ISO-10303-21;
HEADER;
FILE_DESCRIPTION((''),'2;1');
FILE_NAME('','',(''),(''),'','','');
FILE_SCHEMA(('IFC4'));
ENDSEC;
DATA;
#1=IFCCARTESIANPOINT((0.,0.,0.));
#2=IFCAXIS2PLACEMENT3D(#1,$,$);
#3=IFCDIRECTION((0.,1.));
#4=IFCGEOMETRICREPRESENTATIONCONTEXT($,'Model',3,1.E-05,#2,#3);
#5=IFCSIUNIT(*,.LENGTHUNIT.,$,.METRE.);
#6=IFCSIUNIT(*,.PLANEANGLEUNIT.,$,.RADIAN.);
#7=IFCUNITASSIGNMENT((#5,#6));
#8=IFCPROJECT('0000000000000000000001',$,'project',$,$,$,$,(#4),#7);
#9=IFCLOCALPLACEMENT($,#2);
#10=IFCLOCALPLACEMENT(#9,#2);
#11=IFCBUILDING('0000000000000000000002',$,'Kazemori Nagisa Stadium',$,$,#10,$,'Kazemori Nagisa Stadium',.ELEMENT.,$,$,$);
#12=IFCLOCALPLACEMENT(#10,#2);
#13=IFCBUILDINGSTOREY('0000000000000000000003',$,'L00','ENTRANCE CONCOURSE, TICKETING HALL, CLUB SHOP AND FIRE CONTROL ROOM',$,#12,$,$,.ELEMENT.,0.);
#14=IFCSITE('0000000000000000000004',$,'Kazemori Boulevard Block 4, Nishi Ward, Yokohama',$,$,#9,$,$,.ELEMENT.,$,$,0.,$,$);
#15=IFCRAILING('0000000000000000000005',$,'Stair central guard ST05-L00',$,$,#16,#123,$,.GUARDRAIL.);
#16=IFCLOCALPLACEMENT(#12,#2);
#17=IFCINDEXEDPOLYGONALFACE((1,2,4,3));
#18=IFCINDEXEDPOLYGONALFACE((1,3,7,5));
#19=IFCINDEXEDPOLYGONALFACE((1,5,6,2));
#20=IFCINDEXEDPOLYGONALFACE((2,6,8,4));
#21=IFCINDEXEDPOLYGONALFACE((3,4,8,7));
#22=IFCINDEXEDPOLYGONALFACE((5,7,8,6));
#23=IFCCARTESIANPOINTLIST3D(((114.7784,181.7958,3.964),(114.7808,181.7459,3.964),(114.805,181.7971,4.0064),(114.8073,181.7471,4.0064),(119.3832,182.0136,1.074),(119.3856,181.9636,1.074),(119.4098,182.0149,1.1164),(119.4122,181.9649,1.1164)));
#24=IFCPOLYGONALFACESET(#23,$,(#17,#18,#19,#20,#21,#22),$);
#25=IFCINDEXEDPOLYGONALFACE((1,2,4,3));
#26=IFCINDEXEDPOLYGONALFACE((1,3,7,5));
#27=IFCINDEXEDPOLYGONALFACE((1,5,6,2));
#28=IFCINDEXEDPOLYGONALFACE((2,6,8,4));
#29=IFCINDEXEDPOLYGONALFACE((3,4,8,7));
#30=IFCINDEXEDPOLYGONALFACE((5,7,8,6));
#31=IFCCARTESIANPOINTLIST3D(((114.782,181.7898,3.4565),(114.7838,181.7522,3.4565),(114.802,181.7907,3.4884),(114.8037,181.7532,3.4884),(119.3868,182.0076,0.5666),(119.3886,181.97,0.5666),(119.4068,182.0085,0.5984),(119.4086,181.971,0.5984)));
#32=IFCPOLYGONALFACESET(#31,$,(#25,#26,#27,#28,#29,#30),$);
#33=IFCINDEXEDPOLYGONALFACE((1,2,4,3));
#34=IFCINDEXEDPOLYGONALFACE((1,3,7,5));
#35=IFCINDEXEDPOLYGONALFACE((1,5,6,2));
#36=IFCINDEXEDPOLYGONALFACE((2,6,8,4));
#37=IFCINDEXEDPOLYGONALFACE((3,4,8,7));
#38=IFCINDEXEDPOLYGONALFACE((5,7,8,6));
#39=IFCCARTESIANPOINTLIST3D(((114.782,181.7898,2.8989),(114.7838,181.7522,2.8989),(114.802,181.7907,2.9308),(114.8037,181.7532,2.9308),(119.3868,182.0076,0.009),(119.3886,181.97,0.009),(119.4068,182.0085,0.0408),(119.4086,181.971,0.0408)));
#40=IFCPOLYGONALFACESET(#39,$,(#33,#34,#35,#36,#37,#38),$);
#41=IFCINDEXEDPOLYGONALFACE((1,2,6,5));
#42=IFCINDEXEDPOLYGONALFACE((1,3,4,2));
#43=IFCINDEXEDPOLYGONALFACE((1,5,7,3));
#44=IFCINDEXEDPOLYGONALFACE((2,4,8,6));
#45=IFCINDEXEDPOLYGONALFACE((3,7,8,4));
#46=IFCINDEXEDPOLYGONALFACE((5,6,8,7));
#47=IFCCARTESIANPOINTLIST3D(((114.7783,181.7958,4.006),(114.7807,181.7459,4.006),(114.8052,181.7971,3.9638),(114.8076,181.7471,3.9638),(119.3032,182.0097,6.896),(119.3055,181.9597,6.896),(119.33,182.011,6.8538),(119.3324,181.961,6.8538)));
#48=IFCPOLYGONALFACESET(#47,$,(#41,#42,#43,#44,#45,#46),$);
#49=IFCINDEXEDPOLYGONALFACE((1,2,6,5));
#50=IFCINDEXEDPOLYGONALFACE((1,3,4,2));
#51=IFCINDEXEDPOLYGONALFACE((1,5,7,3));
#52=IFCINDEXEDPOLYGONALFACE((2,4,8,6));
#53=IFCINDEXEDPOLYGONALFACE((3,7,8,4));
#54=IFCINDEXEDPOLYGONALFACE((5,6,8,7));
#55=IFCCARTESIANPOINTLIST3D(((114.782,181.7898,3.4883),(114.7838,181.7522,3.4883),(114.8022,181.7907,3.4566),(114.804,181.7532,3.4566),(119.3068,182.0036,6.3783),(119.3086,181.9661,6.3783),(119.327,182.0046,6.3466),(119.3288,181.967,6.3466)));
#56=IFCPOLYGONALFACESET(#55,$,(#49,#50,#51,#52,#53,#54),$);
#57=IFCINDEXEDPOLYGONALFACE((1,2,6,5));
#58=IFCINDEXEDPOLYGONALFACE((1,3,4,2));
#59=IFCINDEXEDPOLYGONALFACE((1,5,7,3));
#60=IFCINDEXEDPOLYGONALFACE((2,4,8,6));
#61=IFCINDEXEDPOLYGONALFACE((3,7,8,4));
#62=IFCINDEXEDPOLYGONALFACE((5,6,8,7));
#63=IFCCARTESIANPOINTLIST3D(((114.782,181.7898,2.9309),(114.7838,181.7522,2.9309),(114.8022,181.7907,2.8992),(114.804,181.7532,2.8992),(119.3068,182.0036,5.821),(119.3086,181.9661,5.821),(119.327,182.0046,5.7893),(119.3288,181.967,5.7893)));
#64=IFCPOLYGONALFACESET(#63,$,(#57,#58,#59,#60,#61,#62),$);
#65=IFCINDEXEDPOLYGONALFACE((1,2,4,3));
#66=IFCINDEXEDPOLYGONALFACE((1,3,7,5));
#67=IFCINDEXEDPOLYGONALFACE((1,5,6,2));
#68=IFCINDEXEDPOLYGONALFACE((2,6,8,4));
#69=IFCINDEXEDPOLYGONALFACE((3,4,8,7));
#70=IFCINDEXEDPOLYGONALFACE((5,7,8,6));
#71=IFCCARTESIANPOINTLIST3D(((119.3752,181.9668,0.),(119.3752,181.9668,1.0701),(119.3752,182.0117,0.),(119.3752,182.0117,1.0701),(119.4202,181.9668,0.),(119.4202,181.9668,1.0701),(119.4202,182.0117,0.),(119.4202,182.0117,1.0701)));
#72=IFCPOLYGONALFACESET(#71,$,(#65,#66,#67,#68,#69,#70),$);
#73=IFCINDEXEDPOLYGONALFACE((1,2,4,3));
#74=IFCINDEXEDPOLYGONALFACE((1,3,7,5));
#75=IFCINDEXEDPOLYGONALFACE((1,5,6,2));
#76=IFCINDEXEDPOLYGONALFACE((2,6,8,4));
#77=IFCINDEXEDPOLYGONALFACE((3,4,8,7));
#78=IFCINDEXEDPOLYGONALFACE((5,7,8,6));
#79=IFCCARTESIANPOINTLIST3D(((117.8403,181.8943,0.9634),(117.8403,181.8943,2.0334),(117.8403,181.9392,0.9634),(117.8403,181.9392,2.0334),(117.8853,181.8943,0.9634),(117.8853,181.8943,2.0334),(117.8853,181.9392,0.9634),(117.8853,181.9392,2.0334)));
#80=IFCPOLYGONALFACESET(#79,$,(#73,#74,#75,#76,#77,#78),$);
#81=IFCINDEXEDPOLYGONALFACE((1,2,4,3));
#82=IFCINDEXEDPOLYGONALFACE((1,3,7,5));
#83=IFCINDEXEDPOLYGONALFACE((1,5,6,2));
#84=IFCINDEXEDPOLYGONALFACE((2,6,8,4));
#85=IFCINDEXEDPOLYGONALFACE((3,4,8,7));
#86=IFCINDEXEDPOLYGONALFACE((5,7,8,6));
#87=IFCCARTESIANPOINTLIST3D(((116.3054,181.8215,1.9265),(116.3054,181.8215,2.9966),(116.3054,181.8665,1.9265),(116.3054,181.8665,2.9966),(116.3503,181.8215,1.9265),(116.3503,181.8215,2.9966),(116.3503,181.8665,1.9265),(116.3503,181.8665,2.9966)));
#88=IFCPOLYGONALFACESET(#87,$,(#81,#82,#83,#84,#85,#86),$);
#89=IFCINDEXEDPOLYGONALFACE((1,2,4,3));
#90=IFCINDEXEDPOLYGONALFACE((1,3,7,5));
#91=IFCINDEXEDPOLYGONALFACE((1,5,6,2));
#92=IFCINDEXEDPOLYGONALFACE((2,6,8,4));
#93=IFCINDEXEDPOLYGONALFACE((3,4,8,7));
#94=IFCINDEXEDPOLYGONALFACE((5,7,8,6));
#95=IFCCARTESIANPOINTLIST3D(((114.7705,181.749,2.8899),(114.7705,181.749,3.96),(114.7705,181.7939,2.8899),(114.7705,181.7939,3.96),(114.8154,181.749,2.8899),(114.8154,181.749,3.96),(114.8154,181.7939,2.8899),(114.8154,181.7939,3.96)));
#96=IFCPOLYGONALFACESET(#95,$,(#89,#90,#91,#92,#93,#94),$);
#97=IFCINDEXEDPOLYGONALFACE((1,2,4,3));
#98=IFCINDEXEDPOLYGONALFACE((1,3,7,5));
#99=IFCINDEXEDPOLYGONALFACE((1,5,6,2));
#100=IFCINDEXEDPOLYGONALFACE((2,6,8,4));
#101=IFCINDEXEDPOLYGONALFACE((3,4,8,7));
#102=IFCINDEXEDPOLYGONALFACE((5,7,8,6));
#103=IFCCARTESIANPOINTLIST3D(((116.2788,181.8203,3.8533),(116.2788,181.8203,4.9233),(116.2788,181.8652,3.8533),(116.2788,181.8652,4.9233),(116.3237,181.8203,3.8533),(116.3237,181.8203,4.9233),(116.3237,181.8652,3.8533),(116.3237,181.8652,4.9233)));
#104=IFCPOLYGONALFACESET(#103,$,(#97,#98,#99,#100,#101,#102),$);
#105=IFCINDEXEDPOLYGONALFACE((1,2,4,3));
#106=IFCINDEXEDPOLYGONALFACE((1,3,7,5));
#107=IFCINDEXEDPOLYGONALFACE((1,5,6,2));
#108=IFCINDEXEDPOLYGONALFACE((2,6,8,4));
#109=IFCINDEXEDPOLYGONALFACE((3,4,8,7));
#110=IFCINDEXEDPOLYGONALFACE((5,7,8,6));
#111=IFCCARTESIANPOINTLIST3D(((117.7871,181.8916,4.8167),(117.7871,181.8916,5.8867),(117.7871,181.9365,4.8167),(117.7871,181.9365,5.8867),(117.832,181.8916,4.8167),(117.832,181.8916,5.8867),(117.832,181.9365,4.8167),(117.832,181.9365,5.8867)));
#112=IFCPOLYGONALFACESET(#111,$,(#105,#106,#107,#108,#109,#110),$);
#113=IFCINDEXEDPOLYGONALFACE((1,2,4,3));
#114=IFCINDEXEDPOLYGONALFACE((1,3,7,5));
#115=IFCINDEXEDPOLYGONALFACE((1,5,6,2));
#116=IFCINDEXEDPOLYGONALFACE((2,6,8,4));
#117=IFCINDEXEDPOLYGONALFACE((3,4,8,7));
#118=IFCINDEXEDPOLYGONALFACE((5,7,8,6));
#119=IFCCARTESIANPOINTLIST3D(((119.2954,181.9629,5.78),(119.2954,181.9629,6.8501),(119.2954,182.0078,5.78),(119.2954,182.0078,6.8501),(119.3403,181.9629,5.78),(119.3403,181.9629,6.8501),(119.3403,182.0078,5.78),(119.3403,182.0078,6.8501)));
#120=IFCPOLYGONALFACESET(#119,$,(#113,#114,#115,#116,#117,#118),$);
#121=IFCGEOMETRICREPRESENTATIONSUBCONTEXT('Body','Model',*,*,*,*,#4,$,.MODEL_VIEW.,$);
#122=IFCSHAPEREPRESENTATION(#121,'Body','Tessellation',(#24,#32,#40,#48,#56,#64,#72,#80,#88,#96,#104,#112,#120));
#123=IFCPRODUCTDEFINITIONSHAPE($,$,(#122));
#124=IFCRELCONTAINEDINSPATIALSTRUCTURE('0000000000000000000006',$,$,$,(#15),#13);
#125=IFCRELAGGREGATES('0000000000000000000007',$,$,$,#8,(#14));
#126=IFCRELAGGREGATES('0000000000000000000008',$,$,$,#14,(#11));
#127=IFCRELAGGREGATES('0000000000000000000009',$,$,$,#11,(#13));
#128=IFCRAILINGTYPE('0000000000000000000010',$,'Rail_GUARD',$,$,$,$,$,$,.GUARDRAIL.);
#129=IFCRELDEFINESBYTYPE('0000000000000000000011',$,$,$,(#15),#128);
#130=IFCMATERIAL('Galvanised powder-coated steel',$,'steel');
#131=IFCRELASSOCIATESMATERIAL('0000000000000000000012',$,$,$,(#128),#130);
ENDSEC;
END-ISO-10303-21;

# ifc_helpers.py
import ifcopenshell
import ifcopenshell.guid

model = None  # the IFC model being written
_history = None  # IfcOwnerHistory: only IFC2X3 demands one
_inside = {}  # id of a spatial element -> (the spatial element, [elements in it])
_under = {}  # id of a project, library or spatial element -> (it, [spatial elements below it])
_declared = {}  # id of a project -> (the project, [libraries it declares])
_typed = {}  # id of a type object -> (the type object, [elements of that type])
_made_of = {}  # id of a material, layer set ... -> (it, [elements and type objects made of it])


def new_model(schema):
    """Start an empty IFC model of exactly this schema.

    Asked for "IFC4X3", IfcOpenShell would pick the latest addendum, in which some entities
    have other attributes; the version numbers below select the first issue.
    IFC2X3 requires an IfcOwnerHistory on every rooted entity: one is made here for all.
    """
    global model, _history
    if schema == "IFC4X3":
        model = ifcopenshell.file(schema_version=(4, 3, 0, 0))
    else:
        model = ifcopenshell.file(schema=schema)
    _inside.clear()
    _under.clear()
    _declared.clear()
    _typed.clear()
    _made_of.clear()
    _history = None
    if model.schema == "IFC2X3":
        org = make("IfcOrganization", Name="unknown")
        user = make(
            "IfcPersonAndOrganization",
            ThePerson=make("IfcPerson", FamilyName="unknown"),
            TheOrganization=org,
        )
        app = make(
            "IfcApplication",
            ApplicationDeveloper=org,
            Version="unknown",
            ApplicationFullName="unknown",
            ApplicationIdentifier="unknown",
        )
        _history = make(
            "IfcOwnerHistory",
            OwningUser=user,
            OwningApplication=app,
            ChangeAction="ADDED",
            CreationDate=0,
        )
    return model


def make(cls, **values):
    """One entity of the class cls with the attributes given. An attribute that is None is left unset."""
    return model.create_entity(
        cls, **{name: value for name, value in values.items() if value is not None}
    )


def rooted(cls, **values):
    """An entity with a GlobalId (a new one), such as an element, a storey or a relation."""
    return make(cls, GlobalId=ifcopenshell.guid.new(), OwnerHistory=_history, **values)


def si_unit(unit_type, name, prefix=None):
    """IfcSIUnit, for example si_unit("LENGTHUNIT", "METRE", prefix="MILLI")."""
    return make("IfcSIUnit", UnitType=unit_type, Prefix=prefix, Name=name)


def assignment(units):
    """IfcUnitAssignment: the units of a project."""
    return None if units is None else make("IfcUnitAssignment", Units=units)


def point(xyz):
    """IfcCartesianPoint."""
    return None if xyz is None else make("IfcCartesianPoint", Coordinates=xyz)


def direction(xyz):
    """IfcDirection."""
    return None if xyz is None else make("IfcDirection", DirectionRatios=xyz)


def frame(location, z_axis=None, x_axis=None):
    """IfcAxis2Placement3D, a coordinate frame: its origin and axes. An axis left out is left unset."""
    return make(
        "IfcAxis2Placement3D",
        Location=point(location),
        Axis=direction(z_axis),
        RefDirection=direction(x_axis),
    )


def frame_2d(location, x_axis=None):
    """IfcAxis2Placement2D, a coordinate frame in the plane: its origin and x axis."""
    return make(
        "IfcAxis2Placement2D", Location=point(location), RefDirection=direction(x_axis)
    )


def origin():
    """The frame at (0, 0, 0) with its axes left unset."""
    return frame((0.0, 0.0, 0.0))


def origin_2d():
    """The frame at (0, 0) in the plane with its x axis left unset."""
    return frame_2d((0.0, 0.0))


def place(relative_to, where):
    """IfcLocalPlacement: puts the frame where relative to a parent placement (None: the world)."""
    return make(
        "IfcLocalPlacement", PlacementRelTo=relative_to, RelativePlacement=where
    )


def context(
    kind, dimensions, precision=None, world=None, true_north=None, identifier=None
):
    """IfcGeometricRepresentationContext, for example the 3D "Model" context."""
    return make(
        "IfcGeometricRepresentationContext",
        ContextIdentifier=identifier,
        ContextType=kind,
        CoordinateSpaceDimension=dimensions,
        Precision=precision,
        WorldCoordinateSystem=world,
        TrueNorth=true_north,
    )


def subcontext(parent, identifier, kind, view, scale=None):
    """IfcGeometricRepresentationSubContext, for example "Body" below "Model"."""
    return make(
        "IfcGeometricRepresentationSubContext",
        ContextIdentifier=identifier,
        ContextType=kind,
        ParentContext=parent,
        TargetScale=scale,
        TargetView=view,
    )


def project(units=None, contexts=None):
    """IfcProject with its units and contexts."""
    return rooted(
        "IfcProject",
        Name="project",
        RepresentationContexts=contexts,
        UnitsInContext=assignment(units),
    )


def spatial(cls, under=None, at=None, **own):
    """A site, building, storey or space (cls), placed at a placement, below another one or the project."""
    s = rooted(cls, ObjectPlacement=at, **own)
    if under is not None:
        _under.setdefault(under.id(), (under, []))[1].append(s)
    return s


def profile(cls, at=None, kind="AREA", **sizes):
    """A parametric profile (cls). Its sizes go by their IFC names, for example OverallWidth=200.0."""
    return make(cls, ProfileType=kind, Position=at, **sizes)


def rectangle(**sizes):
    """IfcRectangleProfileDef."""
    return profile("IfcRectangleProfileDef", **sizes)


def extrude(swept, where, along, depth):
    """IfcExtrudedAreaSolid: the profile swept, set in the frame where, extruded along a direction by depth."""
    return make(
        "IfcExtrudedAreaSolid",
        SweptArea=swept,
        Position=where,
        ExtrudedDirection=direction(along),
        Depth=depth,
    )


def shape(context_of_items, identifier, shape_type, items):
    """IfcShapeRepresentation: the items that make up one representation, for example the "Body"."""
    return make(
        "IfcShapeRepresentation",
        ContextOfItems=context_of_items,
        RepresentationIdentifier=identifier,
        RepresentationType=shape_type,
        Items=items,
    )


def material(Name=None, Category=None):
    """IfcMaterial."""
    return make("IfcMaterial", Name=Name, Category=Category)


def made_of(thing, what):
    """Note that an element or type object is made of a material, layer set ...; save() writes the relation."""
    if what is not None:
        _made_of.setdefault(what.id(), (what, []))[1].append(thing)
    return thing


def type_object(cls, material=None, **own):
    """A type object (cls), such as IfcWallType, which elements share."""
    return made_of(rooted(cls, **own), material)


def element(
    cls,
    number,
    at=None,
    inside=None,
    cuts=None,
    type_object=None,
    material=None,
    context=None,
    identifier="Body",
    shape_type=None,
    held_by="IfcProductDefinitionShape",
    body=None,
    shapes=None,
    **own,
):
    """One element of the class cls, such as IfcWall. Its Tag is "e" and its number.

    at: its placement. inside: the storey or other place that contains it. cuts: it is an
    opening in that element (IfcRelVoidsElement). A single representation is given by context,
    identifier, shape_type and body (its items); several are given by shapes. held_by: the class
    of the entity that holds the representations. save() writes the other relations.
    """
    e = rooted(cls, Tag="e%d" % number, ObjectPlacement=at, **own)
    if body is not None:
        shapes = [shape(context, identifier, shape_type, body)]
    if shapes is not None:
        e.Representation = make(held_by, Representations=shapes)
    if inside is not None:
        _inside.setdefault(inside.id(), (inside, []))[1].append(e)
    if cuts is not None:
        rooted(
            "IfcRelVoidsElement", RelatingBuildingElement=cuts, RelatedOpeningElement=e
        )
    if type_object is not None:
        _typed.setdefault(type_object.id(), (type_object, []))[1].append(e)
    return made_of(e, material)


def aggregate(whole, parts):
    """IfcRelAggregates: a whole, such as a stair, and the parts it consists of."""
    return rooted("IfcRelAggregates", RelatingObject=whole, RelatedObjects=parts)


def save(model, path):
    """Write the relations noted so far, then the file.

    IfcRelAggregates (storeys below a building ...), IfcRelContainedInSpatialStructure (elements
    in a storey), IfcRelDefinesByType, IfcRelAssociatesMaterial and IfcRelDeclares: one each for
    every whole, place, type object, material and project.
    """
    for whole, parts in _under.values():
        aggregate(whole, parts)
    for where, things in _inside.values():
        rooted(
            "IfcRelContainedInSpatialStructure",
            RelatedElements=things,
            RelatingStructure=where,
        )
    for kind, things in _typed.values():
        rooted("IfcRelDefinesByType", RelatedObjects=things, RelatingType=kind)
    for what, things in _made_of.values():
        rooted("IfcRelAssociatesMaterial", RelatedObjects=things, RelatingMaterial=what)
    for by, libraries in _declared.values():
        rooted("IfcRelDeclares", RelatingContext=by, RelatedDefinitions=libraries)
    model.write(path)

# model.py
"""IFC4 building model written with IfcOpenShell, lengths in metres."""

from ifc_helpers import new_model, si_unit, direction, frame, origin, origin_2d, place, context, subcontext, project, spatial, rectangle, extrude, material, type_object, element, save


model = new_model("IFC4")

# Units and contexts
model_context = context("Model", 3, precision=1e-05, world=origin(), true_north=direction((0.0, 1.0)))
body_context = subcontext(model_context, "Body", "Model", "MODEL_VIEW")
ifc_project = project(units=[si_unit("LENGTHUNIT", "METRE"), si_unit("PLANEANGLEUNIT", "RADIAN")], contexts=[model_context])

# Site, building, storey
site_placement = place(None, origin())
site = spatial("IfcSite", under=ifc_project, at=site_placement, Name="Kazemori Boulevard Block 4, Nishi Ward, Yokohama", CompositionType="ELEMENT", RefElevation=0.0)
building_placement = place(site_placement, origin())
building = spatial("IfcBuilding", under=site, at=building_placement, Name="Kazemori Nagisa Stadium", LongName="Kazemori Nagisa Stadium", CompositionType="ELEMENT")
storey_placement = place(building_placement, origin())
storey = spatial("IfcBuildingStorey", under=building, at=storey_placement, Name="L00", Description="ENTRANCE CONCOURSE, TICKETING HALL, CLUB SHOP AND FIRE CONTROL ROOM", CompositionType="ELEMENT", Elevation=0.0)

# Railing
ifc_material_1 = material(Name="Galvanised powder-coated steel", Category="steel")
railing_type_1 = type_object("IfcRailingType", Name="Rail_GUARD", PredefinedType="GUARDRAIL", material=ifc_material_1)
railing_1_placement = place(storey_placement, frame((119.3977, 181.9893, 0.0)))
element("IfcRailing", 1, at=railing_1_placement, inside=storey, type_object=railing_type_1, Name="Stair central guard ST05-L00", PredefinedType="GUARDRAIL", context=body_context, shape_type="SweptSolid", body=[
    extrude(rectangle(XDim=0.05, YDim=0.05, at=origin_2d()), frame((0.0, 0.0, 1.0952), z_axis=(-0.846332, -0.040026, 0.53115), x_axis=(0.047241, -0.998884, 0.0)), (0.0, 0.0, 1.0), 5.4409),
    extrude(rectangle(XDim=0.0376, YDim=0.0376, at=origin_2d()), frame((0.0, 0.0, 0.5825), z_axis=(-0.846332, -0.040026, 0.53115), x_axis=(0.047241, -0.998884, 0.0)), (0.0, 0.0, 1.0), 5.4409),
    extrude(rectangle(XDim=0.0376, YDim=0.0376, at=origin_2d()), frame((0.0, 0.0, 0.0249), z_axis=(-0.846332, -0.040026, 0.53115), x_axis=(0.047241, -0.998884, 0.0)), (0.0, 0.0, 1.0), 5.4409),
    extrude(rectangle(XDim=0.05, YDim=0.05, at=origin_2d()), frame((-4.6047, -0.2178, 3.9849), z_axis=(0.842094, 0.039801, 0.53786), x_axis=(-0.047212, 0.998885, 0.0)), (0.0, 0.0, 1.0), 5.3733),
    extrude(rectangle(XDim=0.0376, YDim=0.0376, at=origin_2d()), frame((-4.6047, -0.2178, 3.4724), z_axis=(0.842094, 0.039801, 0.53786), x_axis=(-0.047212, 0.998885, 0.0)), (0.0, 0.0, 1.0), 5.3733),
    extrude(rectangle(XDim=0.0376, YDim=0.0376, at=origin_2d()), frame((-4.6047, -0.2178, 2.915), z_axis=(0.842094, 0.039801, 0.53786), x_axis=(-0.047212, 0.998885, 0.0)), (0.0, 0.0, 1.0), 5.3733),
    extrude(rectangle(XDim=0.0449, YDim=0.0449, at=origin_2d()), origin(), (0.0, 0.0, 1.0), 1.0701),
    extrude(rectangle(XDim=0.0449, YDim=0.0449, at=origin_2d()), frame((-1.5349, -0.0725, 0.9634)), (0.0, 0.0, 1.0), 1.0701),
    extrude(rectangle(XDim=0.0449, YDim=0.0449, at=origin_2d()), frame((-3.0698, -0.1453, 1.9265)), (0.0, 0.0, 1.0), 1.0701),
    extrude(rectangle(XDim=0.0449, YDim=0.0449, at=origin_2d()), frame((-4.6047, -0.2178, 2.8899)), (0.0, 0.0, 1.0), 1.0701),
    extrude(rectangle(XDim=0.0449, YDim=0.0449, at=origin_2d()), frame((-3.0964, -0.1465, 3.8533)), (0.0, 0.0, 1.0), 1.0701),
    extrude(rectangle(XDim=0.0449, YDim=0.0449, at=origin_2d()), frame((-1.5881, -0.0752, 4.8167)), (0.0, 0.0, 1.0), 1.0701),
    extrude(rectangle(XDim=0.0449, YDim=0.0449, at=origin_2d()), frame((-0.0798, -0.0039, 5.78)), (0.0, 0.0, 1.0), 1.0701),
])

save(model, "model.ifc")
